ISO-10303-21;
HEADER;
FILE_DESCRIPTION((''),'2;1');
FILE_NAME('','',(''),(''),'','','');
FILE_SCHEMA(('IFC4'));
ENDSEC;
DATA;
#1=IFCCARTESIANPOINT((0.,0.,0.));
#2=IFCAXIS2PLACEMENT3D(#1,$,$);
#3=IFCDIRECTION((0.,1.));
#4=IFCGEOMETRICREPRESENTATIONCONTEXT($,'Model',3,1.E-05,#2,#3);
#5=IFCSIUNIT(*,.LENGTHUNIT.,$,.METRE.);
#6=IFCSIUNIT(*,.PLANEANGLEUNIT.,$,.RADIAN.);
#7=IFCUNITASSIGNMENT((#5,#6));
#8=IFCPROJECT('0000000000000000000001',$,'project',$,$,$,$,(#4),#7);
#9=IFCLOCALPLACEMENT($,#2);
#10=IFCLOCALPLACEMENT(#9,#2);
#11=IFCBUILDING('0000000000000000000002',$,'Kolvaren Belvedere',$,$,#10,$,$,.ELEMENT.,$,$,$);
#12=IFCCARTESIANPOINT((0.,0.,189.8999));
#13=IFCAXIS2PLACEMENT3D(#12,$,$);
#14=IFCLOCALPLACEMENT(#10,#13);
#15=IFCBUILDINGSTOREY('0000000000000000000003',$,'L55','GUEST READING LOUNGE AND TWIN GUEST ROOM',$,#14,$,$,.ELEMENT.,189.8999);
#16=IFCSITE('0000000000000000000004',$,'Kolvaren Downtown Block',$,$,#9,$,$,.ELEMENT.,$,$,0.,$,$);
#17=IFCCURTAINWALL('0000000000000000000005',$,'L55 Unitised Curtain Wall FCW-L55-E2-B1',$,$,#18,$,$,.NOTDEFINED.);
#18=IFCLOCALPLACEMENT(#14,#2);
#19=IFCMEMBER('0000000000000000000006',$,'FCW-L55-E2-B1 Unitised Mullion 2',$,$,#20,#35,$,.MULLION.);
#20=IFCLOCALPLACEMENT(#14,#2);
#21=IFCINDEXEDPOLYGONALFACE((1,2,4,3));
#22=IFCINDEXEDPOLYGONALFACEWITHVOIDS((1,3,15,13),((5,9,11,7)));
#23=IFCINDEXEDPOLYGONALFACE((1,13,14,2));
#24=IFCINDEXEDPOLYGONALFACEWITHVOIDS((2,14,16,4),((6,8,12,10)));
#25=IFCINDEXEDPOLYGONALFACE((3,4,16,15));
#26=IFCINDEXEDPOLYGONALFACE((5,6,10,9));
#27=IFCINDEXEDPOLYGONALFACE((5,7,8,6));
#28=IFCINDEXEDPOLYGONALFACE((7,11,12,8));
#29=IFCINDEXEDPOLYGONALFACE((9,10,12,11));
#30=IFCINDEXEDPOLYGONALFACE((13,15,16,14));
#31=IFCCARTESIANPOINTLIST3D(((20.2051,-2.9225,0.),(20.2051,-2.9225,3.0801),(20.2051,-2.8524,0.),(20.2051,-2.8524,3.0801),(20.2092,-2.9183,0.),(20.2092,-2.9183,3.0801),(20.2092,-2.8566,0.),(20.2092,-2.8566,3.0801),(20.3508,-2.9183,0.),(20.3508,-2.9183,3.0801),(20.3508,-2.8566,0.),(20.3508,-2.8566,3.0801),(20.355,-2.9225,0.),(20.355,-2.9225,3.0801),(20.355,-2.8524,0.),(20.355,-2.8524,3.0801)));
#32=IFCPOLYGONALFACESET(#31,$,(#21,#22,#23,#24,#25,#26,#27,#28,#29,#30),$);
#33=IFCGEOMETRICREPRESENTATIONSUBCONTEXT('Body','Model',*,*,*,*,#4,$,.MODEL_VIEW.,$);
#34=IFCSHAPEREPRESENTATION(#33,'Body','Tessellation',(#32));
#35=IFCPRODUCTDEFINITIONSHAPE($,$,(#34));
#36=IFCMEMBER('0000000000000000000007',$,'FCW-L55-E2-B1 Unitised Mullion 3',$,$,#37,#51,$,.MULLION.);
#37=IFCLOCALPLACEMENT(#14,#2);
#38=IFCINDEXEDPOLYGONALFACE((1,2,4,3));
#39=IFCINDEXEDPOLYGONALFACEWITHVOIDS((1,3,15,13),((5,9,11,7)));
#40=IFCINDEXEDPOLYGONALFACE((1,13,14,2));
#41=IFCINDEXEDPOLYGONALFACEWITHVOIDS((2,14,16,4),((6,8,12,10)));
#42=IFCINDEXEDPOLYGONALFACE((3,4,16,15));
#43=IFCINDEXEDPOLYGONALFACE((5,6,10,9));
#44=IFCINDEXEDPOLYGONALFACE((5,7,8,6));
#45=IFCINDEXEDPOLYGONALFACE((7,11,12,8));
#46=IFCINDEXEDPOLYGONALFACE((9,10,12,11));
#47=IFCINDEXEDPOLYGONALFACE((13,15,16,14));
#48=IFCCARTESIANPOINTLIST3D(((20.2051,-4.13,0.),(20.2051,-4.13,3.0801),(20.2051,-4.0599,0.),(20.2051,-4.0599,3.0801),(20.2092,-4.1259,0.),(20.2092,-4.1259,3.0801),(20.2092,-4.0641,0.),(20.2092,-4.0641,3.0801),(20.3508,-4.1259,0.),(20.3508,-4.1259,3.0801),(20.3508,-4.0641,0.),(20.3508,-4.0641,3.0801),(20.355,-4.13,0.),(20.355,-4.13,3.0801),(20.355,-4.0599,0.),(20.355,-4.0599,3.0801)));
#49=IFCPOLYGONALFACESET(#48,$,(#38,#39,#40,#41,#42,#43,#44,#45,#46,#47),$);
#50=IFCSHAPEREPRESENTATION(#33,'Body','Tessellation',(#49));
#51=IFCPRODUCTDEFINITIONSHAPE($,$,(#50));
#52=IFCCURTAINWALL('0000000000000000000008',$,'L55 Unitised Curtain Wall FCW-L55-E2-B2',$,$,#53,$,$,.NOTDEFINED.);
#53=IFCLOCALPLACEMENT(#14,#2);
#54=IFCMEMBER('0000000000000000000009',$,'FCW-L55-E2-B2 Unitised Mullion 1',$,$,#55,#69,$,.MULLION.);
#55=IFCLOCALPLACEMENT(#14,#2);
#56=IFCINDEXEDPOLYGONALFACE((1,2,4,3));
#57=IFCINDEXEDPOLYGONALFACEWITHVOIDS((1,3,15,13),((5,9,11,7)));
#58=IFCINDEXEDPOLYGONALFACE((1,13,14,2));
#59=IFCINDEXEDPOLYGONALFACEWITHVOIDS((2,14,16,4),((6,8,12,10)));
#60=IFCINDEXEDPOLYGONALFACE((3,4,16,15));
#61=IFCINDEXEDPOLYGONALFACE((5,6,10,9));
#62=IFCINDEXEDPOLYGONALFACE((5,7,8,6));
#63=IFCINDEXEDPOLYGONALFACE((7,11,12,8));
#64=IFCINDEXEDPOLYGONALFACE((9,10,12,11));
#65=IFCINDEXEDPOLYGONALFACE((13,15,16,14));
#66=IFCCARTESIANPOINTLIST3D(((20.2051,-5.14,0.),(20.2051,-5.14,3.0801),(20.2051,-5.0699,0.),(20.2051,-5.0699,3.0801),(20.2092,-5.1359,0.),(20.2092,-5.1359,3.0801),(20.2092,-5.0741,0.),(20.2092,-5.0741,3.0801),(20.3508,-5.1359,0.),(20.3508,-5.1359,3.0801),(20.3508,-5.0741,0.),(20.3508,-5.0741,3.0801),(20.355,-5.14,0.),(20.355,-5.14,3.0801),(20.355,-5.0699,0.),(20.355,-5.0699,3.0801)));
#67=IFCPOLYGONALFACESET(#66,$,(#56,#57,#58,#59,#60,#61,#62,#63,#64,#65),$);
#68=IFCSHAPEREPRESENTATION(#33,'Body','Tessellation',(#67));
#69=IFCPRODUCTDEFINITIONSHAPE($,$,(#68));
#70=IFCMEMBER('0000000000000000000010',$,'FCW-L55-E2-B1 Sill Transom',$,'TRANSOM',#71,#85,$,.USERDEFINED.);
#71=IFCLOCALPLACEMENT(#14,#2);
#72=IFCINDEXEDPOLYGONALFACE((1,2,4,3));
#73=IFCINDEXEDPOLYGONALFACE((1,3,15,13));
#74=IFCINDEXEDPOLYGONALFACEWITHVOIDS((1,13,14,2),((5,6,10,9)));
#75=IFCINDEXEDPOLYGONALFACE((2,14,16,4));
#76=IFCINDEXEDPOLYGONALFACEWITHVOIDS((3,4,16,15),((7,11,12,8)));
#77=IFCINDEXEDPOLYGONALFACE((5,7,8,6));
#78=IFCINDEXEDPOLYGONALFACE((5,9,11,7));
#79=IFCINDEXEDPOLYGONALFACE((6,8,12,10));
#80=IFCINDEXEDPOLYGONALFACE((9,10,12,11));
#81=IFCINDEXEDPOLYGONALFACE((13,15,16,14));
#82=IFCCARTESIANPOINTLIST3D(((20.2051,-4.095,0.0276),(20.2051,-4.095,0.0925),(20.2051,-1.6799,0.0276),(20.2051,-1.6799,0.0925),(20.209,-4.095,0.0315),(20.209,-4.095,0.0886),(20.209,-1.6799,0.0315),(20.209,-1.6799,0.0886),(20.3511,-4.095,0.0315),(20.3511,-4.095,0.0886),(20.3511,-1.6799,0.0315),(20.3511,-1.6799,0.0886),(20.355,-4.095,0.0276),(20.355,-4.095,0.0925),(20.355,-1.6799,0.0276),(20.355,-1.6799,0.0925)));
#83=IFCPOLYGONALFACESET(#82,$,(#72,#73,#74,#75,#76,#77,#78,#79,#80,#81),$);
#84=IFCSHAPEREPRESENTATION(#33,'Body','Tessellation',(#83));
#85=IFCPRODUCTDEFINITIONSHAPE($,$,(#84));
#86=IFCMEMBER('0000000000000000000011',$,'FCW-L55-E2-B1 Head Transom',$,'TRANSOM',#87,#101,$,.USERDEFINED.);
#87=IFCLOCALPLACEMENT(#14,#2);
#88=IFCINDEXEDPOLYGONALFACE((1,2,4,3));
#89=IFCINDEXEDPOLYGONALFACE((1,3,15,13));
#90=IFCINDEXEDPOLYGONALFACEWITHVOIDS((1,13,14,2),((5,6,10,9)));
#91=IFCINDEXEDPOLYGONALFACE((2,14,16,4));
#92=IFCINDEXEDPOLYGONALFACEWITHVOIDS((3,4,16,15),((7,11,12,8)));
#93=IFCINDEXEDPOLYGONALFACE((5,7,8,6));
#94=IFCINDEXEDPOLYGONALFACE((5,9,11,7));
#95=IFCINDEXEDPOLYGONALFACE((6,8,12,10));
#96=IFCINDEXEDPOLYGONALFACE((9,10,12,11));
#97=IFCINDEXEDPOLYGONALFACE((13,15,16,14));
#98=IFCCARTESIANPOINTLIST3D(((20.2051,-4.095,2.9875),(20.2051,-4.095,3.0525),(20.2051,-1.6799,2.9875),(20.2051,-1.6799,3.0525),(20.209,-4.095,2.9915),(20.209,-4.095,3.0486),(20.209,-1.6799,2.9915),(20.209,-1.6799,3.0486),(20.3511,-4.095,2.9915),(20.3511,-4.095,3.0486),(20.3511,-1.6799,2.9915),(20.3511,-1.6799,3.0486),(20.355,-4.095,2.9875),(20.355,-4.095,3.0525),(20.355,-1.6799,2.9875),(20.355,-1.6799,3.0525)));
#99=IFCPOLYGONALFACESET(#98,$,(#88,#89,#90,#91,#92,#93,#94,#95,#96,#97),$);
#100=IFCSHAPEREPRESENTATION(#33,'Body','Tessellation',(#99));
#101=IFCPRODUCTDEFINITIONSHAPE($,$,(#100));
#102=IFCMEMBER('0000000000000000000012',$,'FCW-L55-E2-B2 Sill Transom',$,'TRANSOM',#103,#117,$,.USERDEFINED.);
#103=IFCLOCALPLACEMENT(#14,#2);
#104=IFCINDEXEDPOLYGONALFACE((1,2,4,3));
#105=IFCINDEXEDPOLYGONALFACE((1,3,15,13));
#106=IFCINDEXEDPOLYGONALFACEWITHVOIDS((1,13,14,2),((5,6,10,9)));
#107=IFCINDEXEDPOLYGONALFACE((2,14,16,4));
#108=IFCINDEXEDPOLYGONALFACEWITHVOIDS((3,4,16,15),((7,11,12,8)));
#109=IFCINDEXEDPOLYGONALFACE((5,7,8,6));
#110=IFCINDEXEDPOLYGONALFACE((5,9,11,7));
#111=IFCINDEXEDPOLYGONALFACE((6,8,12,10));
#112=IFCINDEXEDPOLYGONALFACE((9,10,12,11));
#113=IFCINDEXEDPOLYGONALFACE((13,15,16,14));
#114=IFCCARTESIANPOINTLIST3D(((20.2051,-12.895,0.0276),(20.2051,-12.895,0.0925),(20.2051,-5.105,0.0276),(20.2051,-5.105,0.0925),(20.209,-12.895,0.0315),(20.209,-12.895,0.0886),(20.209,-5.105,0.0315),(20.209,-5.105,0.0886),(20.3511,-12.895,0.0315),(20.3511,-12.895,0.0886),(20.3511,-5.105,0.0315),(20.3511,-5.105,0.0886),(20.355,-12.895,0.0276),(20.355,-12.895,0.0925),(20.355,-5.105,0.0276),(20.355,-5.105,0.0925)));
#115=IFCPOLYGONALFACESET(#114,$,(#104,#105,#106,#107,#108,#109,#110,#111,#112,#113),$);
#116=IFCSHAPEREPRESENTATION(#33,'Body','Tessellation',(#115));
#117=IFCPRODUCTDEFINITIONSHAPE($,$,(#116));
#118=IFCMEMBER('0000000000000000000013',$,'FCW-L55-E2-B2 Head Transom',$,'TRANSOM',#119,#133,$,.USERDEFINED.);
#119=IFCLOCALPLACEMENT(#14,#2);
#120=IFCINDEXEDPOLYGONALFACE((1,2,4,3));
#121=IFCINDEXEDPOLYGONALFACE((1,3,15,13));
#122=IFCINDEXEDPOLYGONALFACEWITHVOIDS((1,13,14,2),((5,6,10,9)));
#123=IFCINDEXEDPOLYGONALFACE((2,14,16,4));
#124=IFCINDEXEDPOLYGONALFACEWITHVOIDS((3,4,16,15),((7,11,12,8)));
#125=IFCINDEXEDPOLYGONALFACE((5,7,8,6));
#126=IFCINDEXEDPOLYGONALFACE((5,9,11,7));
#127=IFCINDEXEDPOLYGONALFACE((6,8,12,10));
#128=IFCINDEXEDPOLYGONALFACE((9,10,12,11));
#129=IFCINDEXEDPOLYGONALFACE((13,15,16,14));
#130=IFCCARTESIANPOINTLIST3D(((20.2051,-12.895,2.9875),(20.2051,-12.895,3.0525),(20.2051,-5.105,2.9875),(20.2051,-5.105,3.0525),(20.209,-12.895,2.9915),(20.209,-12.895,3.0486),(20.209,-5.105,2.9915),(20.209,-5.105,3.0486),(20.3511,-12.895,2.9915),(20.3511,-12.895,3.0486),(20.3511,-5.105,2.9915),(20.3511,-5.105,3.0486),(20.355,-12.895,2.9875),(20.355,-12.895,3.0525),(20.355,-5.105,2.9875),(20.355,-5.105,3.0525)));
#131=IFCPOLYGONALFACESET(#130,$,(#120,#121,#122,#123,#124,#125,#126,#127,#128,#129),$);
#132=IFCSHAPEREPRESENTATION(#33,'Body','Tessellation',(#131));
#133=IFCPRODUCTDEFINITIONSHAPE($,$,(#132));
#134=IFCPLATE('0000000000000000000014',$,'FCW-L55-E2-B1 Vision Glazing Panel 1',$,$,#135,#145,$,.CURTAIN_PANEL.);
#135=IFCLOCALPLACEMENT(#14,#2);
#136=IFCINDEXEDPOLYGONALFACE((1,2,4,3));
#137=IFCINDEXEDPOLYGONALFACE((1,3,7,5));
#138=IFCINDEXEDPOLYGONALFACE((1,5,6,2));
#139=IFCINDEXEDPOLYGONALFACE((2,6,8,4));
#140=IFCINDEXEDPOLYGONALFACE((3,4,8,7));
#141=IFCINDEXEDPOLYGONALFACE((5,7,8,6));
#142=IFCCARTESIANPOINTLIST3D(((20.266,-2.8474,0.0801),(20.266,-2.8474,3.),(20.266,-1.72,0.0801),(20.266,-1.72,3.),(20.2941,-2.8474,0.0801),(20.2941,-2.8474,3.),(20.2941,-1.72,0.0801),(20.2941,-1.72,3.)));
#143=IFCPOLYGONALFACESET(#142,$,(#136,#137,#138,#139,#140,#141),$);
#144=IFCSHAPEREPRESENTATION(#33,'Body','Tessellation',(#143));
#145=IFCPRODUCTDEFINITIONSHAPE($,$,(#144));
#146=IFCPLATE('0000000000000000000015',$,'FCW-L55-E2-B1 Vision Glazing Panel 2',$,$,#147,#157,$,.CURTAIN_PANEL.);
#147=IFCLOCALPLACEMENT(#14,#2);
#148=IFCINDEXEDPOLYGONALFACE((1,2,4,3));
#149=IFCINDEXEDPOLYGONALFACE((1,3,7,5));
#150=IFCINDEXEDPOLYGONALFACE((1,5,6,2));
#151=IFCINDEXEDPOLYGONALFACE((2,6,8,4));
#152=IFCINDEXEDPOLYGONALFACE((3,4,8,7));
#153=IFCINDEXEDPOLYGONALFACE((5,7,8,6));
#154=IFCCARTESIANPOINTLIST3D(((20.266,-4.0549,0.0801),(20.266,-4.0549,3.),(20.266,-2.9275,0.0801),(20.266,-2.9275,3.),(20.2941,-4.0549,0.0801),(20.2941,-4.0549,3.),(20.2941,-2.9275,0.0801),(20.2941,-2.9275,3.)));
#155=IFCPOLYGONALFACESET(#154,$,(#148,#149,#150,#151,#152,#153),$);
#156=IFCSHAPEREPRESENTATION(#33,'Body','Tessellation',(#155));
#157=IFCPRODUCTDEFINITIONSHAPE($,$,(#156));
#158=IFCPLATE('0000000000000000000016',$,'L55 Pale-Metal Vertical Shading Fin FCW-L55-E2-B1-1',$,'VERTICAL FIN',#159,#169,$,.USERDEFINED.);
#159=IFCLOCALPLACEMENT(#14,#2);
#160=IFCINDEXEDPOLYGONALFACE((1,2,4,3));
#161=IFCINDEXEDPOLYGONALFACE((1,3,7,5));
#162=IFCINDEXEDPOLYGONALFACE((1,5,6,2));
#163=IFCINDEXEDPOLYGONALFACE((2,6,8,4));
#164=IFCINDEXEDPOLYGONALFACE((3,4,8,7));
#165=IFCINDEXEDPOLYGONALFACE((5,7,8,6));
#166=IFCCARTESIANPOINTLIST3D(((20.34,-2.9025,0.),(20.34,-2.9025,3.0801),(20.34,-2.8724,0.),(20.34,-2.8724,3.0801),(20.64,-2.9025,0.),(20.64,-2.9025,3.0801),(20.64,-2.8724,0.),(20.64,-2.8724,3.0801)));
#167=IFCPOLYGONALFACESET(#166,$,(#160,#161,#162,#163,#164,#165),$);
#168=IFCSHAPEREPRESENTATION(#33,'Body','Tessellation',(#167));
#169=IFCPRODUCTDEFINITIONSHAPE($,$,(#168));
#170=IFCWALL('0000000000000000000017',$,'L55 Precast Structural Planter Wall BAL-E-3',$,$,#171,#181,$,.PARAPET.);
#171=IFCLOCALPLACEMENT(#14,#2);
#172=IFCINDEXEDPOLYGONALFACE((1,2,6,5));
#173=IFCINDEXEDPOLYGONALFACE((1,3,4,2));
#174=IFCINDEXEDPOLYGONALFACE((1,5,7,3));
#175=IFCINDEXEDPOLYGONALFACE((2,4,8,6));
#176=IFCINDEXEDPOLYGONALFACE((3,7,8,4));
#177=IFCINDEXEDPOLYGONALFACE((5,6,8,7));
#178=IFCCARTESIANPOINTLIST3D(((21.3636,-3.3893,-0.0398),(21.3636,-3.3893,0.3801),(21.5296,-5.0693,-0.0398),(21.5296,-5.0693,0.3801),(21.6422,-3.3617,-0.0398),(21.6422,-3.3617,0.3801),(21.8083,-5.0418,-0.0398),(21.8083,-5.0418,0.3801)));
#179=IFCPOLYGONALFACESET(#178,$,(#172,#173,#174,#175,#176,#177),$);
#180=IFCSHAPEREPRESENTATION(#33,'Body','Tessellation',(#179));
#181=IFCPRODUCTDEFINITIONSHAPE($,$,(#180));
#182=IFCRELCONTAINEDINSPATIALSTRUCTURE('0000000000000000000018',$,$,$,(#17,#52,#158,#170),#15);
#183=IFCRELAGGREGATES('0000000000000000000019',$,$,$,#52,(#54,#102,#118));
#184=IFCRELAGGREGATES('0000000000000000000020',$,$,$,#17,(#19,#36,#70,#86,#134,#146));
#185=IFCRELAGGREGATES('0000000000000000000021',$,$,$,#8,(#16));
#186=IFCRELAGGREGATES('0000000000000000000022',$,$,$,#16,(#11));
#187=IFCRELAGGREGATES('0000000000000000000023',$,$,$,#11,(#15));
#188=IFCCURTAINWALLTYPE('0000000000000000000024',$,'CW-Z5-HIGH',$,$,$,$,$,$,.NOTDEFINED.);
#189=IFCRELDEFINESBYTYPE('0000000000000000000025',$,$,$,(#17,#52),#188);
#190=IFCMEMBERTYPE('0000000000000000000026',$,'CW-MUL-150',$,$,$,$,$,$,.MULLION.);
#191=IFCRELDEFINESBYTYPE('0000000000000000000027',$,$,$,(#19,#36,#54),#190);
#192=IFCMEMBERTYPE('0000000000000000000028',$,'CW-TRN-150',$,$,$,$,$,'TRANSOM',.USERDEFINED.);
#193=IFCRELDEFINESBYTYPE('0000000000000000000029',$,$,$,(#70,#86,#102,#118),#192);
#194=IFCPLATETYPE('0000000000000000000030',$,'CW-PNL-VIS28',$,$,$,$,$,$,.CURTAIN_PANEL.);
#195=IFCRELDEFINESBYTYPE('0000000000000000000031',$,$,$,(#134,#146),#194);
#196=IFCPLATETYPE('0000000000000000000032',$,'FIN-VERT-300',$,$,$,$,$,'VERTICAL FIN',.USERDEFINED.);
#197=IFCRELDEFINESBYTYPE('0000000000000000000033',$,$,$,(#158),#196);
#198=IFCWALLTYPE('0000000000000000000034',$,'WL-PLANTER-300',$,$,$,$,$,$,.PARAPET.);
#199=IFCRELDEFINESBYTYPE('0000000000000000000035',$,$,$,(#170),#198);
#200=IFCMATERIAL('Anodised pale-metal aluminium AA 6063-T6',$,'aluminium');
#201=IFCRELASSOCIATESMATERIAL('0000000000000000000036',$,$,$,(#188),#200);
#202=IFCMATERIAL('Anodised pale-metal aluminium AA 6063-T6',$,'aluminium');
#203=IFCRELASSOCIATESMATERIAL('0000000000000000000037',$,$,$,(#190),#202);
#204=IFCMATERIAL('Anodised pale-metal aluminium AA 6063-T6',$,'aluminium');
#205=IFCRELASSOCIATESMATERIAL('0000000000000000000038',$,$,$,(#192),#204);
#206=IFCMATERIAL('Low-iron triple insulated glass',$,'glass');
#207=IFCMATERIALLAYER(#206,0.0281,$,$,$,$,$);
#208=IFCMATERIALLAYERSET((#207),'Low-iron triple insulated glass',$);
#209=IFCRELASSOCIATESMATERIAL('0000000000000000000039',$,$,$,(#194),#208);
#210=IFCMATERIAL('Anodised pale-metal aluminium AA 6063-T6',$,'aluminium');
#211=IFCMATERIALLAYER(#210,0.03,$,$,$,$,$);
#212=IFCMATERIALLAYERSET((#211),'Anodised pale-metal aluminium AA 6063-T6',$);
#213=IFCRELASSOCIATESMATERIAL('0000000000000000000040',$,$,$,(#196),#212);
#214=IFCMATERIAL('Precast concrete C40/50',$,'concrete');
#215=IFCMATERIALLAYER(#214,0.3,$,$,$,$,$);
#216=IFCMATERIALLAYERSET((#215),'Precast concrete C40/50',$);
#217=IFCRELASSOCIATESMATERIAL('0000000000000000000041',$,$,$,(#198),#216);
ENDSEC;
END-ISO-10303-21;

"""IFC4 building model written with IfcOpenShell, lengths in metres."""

from ifc_helpers import new_model, si_unit, direction, frame, frame_2d, origin, origin_2d, place, context, subcontext, project, spatial, rectangle, hollow_rectangle, extrude, material, layer, layer_set, material_profile, profile_set, type_object, element, aggregate, save


model = new_model("IFC4")

# Units and contexts
model_context = context("Model", 3, precision=1e-05, world=origin(), true_north=direction((0.0, 1.0)))
body_context = subcontext(model_context, "Body", "Model", "MODEL_VIEW")
ifc_project = project(units=[si_unit("LENGTHUNIT", "METRE"), si_unit("PLANEANGLEUNIT", "RADIAN")], contexts=[model_context])

# Site, building, storey
site_placement = place(None, origin())
site = spatial("IfcSite", under=ifc_project, at=site_placement, Name="Kolvaren Downtown Block", CompositionType="ELEMENT", RefElevation=0.0)
building_placement = place(site_placement, origin())
building = spatial("IfcBuilding", under=site, at=building_placement, Name="Kolvaren Belvedere", CompositionType="ELEMENT")
storey_placement = place(building_placement, frame((0.0, 0.0, 189.8999)))
storey = spatial("IfcBuildingStorey", under=building, at=storey_placement, Name="L55", Description="GUEST READING LOUNGE AND TWIN GUEST ROOM", CompositionType="ELEMENT", Elevation=189.8999)

# Curtain wall, members
ifc_material_1 = material(Name="Anodised pale-metal aluminium AA 6063-T6", Category="aluminium")
curtain_wall_type = type_object("IfcCurtainWallType", Name="CW-Z5-HIGH", PredefinedType="NOTDEFINED", material=ifc_material_1)
curtain_wall_1_placement = place(storey_placement, origin())
curtain_wall_1 = element("IfcCurtainWall", 1, at=curtain_wall_1_placement, inside=storey, type_object=curtain_wall_type, Name="L55 Unitised Curtain Wall FCW-L55-E2-B1", PredefinedType="NOTDEFINED")
ifc_material_2 = material(Name="Anodised pale-metal aluminium AA 6063-T6", Category="aluminium")
ifc_material_profile_1 = material_profile(ifc_material_2, hollow_rectangle(XDim=0.0701, YDim=0.1499, WallThickness=0.0042, at=origin_2d()), Name="ALU-MUL-150X70")
ifc_profile_set_1 = profile_set([ifc_material_profile_1], Name="Anodised pale-metal aluminium AA 6063-T6")
member_type_1 = type_object("IfcMemberType", Name="CW-MUL-150", PredefinedType="MULLION", material=ifc_profile_set_1)
member_1_placement = place(storey_placement, frame((20.28, -2.8875, 0.0), z_axis=(0.0, 0.0, 1.0), x_axis=(0.0, 1.0, 0.0)))
member_1 = element("IfcMember", 2, at=member_1_placement, type_object=member_type_1, Name="FCW-L55-E2-B1 Unitised Mullion 2", PredefinedType="MULLION", context=body_context, shape_type="SweptSolid", body=[
    extrude(hollow_rectangle(XDim=0.0701, YDim=0.1499, WallThickness=0.0042, at=origin_2d()), origin(), (0.0, 0.0, 1.0), 3.0801),
])
member_2_placement = place(storey_placement, frame((20.28, -4.095, 0.0), z_axis=(0.0, 0.0, 1.0), x_axis=(0.0, 1.0, 0.0)))
member_2 = element("IfcMember", 3, at=member_2_placement, type_object=member_type_1, Name="FCW-L55-E2-B1 Unitised Mullion 3", PredefinedType="MULLION", context=body_context, shape_type="SweptSolid", body=[
    extrude(hollow_rectangle(XDim=0.0701, YDim=0.1499, WallThickness=0.0042, at=origin_2d()), origin(), (0.0, 0.0, 1.0), 3.0801),
])

# Curtain wall, member
curtain_wall_2_placement = place(storey_placement, origin())
curtain_wall_2 = element("IfcCurtainWall", 4, at=curtain_wall_2_placement, inside=storey, type_object=curtain_wall_type, Name="L55 Unitised Curtain Wall FCW-L55-E2-B2", PredefinedType="NOTDEFINED")
member_3_placement = place(storey_placement, frame((20.28, -5.105, 0.0), z_axis=(0.0, 0.0, 1.0), x_axis=(0.0, 1.0, 0.0)))
member_3 = element("IfcMember", 5, at=member_3_placement, type_object=member_type_1, Name="FCW-L55-E2-B2 Unitised Mullion 1", PredefinedType="MULLION", context=body_context, shape_type="SweptSolid", body=[
    extrude(hollow_rectangle(XDim=0.0701, YDim=0.1499, WallThickness=0.0042, at=origin_2d()), origin(), (0.0, 0.0, 1.0), 3.0801),
])

# Members
ifc_material_3 = material(Name="Anodised pale-metal aluminium AA 6063-T6", Category="aluminium")
ifc_material_profile_2 = material_profile(ifc_material_3, hollow_rectangle(XDim=0.0649, YDim=0.1499, WallThickness=0.0039, at=origin_2d()), Name="ALU-TRN-150X65")
ifc_profile_set_2 = profile_set([ifc_material_profile_2], Name="Anodised pale-metal aluminium AA 6063-T6")
member_type_2 = type_object("IfcMemberType", Name="CW-TRN-150", ElementType="TRANSOM", PredefinedType="USERDEFINED", material=ifc_profile_set_2)
member_4_placement = place(storey_placement, frame((20.28, -1.6799, 0.0601), z_axis=(0.0, -1.0, 0.0), x_axis=(0.0, 0.0, 1.0)))
member_4 = element("IfcMember", 6, at=member_4_placement, type_object=member_type_2, Name="FCW-L55-E2-B1 Sill Transom", ObjectType="TRANSOM", PredefinedType="USERDEFINED", context=body_context, shape_type="SweptSolid", body=[
    extrude(hollow_rectangle(XDim=0.0649, YDim=0.1499, WallThickness=0.0039, at=origin_2d()), origin(), (0.0, 0.0, 1.0), 2.415),
])
member_5_placement = place(storey_placement, frame((20.28, -1.6799, 3.02), z_axis=(0.0, -1.0, 0.0), x_axis=(0.0, 0.0, 1.0)))
member_5 = element("IfcMember", 7, at=member_5_placement, type_object=member_type_2, Name="FCW-L55-E2-B1 Head Transom", ObjectType="TRANSOM", PredefinedType="USERDEFINED", context=body_context, shape_type="SweptSolid", body=[
    extrude(hollow_rectangle(XDim=0.0649, YDim=0.1499, WallThickness=0.0039, at=origin_2d()), origin(), (0.0, 0.0, 1.0), 2.415),
])
member_6_placement = place(storey_placement, frame((20.28, -5.105, 0.0601), z_axis=(0.0, -1.0, 0.0), x_axis=(0.0, 0.0, 1.0)))
member_6 = element("IfcMember", 8, at=member_6_placement, type_object=member_type_2, Name="FCW-L55-E2-B2 Sill Transom", ObjectType="TRANSOM", PredefinedType="USERDEFINED", context=body_context, shape_type="SweptSolid", body=[
    extrude(hollow_rectangle(XDim=0.0649, YDim=0.1499, WallThickness=0.0039, at=origin_2d()), origin(), (0.0, 0.0, 1.0), 7.79),
])
member_7_placement = place(storey_placement, frame((20.28, -5.105, 3.02), z_axis=(0.0, -1.0, 0.0), x_axis=(0.0, 0.0, 1.0)))
member_7 = element("IfcMember", 9, at=member_7_placement, type_object=member_type_2, Name="FCW-L55-E2-B2 Head Transom", ObjectType="TRANSOM", PredefinedType="USERDEFINED", context=body_context, shape_type="SweptSolid", body=[
    extrude(hollow_rectangle(XDim=0.0649, YDim=0.1499, WallThickness=0.0039, at=origin_2d()), origin(), (0.0, 0.0, 1.0), 7.79),
])
aggregate(curtain_wall_2, [member_3, member_6, member_7])

# Plates
ifc_material_4 = material(Name="Low-iron triple insulated glass", Category="glass")
ifc_layer_1 = layer(ifc_material_4, 0.0281)
ifc_layer_set_1 = layer_set([ifc_layer_1], Name="Low-iron triple insulated glass")
plate_type_1 = type_object("IfcPlateType", Name="CW-PNL-VIS28", PredefinedType="CURTAIN_PANEL", material=ifc_layer_set_1)
plate_1_placement = place(storey_placement, frame((20.28, -2.2837, 0.0801), z_axis=(0.0, 0.0, 1.0), x_axis=(0.0, -1.0, 0.0)))
plate_1 = element("IfcPlate", 10, at=plate_1_placement, type_object=plate_type_1, Name="FCW-L55-E2-B1 Vision Glazing Panel 1", PredefinedType="CURTAIN_PANEL", context=body_context, shape_type="SweptSolid", body=[
    extrude(rectangle(XDim=1.1274, YDim=0.0281, at=origin_2d()), origin(), (0.0, 0.0, 1.0), 2.9199),
])
plate_2_placement = place(storey_placement, frame((20.28, -3.4912, 0.0801), z_axis=(0.0, 0.0, 1.0), x_axis=(0.0, -1.0, 0.0)))
plate_2 = element("IfcPlate", 11, at=plate_2_placement, type_object=plate_type_1, Name="FCW-L55-E2-B1 Vision Glazing Panel 2", PredefinedType="CURTAIN_PANEL", context=body_context, shape_type="SweptSolid", body=[
    extrude(rectangle(XDim=1.1274, YDim=0.0281, at=origin_2d()), origin(), (0.0, 0.0, 1.0), 2.9199),
])
aggregate(curtain_wall_1, [member_1, member_2, member_4, member_5, plate_1, plate_2])
ifc_material_5 = material(Name="Anodised pale-metal aluminium AA 6063-T6", Category="aluminium")
ifc_layer_2 = layer(ifc_material_5, 0.03)
ifc_layer_set_2 = layer_set([ifc_layer_2], Name="Anodised pale-metal aluminium AA 6063-T6")
plate_type_2 = type_object("IfcPlateType", Name="FIN-VERT-300", ElementType="VERTICAL FIN", PredefinedType="USERDEFINED", material=ifc_layer_set_2)
plate_3_placement = place(storey_placement, frame((20.49, -2.8875, 0.0), z_axis=(0.0, 0.0, 1.0), x_axis=(1.0, 0.0, 0.0)))
element("IfcPlate", 12, at=plate_3_placement, inside=storey, type_object=plate_type_2, Name="L55 Pale-Metal Vertical Shading Fin FCW-L55-E2-B1-1", ObjectType="VERTICAL FIN", PredefinedType="USERDEFINED", context=body_context, shape_type="SweptSolid", body=[
    extrude(rectangle(XDim=0.3, YDim=0.03, at=origin_2d()), origin(), (0.0, 0.0, 1.0), 3.0801),
])

# Wall
ifc_material_6 = material(Name="Precast concrete C40/50", Category="concrete")
ifc_layer_3 = layer(ifc_material_6, 0.3)
ifc_layer_set_3 = layer_set([ifc_layer_3], Name="Precast concrete C40/50")
wall_type_1 = type_object("IfcWallType", Name="WL-PLANTER-300", PredefinedType="PARAPET", material=ifc_layer_set_3)
wall_1_placement = place(storey_placement, frame((21.6689, -5.0557, -0.0398), z_axis=(0.0, 0.0, 1.0), x_axis=(-0.098344, 0.995152, 0.0)))
element("IfcWall", 13, at=wall_1_placement, inside=storey, type_object=wall_type_1, Name="L55 Precast Structural Planter Wall BAL-E-3", PredefinedType="PARAPET", context=body_context, shape_type="SweptSolid", body=[
    extrude(rectangle(XDim=1.6882, YDim=0.28, at=frame_2d((0.8442, 0.0))), origin(), (0.0, 0.0, 1.0), 0.4199),
])

save(model, "model.ifc")
